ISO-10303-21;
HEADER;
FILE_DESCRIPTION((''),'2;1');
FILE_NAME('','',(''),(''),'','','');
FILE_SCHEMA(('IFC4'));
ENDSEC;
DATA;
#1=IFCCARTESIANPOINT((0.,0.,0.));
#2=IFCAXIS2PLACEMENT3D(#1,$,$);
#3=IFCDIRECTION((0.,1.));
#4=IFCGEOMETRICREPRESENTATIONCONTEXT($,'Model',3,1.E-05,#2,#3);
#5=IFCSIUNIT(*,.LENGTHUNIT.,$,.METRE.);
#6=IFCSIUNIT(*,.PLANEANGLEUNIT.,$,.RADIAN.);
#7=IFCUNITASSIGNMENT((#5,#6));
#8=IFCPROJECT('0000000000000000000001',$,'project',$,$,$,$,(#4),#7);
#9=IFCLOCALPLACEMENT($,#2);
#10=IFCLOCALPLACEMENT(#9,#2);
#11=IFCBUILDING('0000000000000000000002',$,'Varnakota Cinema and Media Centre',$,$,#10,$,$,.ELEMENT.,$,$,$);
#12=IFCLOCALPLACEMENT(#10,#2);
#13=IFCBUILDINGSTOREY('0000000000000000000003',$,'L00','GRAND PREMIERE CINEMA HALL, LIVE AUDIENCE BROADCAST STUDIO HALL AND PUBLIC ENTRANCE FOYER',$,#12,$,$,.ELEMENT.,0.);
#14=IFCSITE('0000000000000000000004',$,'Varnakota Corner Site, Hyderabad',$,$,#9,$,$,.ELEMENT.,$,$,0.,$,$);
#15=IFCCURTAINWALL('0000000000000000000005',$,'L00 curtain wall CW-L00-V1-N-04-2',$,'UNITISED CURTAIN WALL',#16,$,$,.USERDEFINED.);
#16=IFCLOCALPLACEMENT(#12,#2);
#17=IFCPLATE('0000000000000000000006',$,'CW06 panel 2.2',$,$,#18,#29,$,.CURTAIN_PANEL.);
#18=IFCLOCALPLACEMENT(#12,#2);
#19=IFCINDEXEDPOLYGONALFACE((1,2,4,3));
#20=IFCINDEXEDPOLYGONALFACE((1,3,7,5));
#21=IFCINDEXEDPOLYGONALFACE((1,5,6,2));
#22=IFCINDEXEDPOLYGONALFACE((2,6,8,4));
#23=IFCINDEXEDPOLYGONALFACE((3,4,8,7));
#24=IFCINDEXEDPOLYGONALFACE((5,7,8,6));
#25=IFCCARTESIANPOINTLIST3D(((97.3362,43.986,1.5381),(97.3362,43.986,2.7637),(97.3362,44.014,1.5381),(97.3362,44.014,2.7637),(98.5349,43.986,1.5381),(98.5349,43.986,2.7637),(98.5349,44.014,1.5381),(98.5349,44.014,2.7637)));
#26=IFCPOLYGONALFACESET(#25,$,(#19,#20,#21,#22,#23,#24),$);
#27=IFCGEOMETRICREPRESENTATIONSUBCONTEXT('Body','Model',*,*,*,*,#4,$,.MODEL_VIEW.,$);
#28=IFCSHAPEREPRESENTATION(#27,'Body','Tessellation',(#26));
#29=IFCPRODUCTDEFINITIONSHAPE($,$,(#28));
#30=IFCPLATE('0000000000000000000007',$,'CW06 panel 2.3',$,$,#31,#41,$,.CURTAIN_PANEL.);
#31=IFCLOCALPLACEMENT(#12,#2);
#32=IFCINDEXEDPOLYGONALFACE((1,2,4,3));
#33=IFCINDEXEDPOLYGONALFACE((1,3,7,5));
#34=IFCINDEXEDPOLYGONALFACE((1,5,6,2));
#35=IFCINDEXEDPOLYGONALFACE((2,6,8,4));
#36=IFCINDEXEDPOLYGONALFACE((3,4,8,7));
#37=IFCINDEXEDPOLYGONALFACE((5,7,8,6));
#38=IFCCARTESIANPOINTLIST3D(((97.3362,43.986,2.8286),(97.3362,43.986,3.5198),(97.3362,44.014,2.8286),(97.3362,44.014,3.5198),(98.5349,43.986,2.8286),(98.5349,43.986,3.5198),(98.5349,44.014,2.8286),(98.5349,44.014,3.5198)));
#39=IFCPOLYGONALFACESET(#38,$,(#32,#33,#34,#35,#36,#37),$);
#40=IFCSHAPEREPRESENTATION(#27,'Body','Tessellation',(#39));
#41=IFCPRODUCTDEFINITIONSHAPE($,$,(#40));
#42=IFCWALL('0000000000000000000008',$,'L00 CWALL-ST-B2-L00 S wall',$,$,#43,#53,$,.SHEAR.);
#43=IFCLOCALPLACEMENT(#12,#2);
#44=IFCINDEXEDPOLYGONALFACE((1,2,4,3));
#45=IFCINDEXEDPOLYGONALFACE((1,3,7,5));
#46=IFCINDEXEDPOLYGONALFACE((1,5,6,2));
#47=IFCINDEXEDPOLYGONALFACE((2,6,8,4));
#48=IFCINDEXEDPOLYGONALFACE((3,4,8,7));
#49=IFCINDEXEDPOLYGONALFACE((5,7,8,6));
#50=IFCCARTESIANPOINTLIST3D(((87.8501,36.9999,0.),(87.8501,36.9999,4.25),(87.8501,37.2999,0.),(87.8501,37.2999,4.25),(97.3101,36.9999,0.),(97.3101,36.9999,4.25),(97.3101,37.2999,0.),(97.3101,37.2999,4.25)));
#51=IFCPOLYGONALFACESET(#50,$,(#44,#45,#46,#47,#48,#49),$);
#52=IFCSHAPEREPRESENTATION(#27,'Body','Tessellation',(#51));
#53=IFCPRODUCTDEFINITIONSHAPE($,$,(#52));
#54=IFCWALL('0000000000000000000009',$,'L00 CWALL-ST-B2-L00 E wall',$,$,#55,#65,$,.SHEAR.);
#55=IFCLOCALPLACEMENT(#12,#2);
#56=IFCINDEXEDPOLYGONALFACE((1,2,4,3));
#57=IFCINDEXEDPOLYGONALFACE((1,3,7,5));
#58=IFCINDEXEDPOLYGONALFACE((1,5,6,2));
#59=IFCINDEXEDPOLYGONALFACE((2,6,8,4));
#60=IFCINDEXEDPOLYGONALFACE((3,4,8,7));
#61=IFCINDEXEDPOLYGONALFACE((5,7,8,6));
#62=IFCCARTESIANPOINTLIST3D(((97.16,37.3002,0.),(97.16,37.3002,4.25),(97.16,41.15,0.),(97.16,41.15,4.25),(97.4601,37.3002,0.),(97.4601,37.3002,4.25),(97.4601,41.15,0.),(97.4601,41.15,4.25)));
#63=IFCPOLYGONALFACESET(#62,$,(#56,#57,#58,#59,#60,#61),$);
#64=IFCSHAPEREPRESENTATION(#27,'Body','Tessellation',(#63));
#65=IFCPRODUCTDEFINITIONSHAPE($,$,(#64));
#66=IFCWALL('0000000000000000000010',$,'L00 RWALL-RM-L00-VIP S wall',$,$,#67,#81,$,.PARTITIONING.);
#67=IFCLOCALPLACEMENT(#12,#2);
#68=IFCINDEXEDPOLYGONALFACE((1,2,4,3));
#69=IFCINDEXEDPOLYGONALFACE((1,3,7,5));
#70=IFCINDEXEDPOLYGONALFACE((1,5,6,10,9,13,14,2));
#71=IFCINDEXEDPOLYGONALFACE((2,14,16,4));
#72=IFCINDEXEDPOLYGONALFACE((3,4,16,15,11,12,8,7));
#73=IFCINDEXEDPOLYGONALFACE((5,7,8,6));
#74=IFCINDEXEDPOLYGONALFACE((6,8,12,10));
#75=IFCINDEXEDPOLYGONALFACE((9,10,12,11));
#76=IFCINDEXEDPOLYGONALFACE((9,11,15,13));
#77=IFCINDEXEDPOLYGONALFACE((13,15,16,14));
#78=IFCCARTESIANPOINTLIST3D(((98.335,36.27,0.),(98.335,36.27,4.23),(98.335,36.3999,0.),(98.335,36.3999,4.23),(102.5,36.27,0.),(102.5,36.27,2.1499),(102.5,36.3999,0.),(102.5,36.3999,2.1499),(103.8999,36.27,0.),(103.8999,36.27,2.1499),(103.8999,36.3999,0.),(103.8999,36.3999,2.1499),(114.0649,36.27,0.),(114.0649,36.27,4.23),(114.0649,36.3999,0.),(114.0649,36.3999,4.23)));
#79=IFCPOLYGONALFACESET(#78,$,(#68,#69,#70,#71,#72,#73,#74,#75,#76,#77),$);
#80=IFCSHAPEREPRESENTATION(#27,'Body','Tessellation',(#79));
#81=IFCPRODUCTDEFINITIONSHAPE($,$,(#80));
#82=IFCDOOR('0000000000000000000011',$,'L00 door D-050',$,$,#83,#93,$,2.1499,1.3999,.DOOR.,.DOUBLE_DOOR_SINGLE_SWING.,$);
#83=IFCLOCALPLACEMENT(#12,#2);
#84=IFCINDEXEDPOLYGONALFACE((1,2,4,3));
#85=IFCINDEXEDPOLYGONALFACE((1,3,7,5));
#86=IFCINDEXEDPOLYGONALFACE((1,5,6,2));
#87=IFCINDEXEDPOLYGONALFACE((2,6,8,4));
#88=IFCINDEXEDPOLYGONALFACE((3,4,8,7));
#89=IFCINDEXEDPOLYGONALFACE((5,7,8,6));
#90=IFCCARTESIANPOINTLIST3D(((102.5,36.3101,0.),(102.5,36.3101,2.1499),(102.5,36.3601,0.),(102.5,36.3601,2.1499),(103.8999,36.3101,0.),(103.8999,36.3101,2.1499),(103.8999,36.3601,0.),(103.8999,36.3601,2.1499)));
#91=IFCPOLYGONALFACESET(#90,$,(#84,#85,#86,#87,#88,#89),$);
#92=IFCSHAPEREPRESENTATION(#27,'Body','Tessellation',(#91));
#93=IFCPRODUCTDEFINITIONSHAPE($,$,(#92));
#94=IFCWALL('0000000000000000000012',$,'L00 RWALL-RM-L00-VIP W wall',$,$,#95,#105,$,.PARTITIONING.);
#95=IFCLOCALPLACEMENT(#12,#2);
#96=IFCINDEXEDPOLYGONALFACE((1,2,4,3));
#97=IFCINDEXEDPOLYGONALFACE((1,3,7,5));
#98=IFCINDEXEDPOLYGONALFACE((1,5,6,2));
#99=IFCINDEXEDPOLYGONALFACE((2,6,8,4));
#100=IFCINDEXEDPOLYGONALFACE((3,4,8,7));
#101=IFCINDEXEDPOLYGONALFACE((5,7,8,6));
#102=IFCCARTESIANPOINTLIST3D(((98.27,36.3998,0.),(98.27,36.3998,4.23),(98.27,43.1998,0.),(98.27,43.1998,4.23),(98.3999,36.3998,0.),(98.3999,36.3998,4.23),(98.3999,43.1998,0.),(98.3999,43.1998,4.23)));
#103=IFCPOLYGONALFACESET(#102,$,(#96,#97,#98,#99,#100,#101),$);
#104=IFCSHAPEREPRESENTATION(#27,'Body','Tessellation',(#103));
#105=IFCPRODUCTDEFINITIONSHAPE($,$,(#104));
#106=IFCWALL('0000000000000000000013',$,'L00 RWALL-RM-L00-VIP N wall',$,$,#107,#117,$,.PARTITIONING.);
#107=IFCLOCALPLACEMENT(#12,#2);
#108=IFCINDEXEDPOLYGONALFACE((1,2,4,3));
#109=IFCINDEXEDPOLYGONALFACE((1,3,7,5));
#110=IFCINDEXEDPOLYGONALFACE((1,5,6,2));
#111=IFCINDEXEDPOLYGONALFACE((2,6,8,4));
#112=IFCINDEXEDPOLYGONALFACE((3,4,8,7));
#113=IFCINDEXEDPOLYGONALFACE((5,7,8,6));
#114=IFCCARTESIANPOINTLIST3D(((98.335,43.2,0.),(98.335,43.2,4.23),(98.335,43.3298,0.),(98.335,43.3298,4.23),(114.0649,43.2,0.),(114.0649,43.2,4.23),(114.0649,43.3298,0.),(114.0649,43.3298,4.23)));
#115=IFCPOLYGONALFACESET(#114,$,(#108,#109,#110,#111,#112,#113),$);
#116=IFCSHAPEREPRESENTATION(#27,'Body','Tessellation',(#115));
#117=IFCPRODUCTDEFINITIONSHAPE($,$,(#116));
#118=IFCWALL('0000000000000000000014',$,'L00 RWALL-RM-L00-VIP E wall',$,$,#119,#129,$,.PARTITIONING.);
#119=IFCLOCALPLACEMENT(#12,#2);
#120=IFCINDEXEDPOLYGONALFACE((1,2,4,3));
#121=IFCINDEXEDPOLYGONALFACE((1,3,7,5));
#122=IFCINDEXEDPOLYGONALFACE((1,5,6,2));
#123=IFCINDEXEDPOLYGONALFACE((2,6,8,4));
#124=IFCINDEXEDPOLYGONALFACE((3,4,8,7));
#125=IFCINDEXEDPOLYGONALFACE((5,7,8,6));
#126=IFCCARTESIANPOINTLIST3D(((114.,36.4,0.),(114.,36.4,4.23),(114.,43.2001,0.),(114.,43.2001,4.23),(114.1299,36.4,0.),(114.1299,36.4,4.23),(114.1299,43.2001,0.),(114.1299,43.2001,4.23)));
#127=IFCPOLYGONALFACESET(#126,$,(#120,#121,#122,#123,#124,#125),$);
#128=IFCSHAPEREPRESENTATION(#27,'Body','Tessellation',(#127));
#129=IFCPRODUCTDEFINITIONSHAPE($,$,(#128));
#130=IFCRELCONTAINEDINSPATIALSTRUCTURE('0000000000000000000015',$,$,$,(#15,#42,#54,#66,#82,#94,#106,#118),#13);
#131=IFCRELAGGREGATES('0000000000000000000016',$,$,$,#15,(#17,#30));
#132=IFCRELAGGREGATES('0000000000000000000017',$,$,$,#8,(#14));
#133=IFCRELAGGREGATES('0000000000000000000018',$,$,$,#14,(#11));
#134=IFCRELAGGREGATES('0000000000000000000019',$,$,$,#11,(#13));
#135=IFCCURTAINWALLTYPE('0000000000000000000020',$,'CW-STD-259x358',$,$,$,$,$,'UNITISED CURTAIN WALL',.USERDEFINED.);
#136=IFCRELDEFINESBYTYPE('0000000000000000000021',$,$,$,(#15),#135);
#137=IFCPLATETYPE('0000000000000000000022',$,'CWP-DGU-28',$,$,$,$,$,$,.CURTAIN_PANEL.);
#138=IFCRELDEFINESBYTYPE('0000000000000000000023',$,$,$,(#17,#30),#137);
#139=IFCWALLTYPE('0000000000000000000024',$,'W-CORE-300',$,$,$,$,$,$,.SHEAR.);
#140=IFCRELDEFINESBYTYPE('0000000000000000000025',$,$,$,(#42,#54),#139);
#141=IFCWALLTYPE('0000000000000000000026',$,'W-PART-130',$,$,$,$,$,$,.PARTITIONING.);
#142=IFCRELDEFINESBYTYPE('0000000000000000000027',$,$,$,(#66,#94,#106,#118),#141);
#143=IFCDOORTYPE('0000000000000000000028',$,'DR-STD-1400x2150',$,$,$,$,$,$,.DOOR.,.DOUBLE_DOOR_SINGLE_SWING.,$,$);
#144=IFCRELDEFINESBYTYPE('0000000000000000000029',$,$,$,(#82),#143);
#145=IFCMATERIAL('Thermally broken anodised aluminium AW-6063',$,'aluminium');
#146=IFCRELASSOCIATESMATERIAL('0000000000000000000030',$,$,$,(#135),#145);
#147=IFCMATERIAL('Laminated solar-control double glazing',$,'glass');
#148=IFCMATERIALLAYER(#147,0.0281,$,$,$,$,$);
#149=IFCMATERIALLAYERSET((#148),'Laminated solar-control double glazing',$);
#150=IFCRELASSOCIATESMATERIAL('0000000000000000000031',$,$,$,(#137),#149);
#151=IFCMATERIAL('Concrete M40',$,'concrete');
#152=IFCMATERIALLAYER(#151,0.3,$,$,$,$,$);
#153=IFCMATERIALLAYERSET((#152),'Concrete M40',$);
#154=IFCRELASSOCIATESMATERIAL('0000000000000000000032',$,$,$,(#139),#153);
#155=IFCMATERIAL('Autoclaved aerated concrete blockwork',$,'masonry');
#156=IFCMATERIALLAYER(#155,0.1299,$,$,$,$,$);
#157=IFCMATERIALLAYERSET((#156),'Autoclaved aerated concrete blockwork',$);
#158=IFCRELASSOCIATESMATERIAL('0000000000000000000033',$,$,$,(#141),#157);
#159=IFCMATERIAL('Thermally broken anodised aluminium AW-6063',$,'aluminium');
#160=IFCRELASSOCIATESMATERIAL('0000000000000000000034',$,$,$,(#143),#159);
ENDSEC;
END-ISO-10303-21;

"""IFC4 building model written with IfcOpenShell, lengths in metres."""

from ifc_helpers import new_model, si_unit, direction, frame, frame_2d, origin, origin_2d, place, context, subcontext, project, spatial, rectangle, extrude, material, layer, layer_set, type_object, element, fill, aggregate, save


model = new_model("IFC4")

# Units and contexts
model_context = context("Model", 3, precision=1e-05, world=origin(), true_north=direction((0.0, 1.0)))
body_context = subcontext(model_context, "Body", "Model", "MODEL_VIEW")
ifc_project = project(units=[si_unit("LENGTHUNIT", "METRE"), si_unit("PLANEANGLEUNIT", "RADIAN")], contexts=[model_context])

# Site, building, storey
site_placement = place(None, origin())
site = spatial("IfcSite", under=ifc_project, at=site_placement, Name="Varnakota Corner Site, Hyderabad", CompositionType="ELEMENT", RefElevation=0.0)
building_placement = place(site_placement, origin())
building = spatial("IfcBuilding", under=site, at=building_placement, Name="Varnakota Cinema and Media Centre", CompositionType="ELEMENT")
storey_placement = place(building_placement, origin())
storey = spatial("IfcBuildingStorey", under=building, at=storey_placement, Name="L00", Description="GRAND PREMIERE CINEMA HALL, LIVE AUDIENCE BROADCAST STUDIO HALL AND PUBLIC ENTRANCE FOYER", CompositionType="ELEMENT", Elevation=0.0)

# Shared definitions
ifc_material_1 = material(Name="Thermally broken anodised aluminium AW-6063", Category="aluminium")
curtain_wall_type = type_object("IfcCurtainWallType", Name="CW-STD-259x358", ElementType="UNITISED CURTAIN WALL", PredefinedType="USERDEFINED", material=ifc_material_1)

# Curtain wall
curtain_wall_1_placement = place(storey_placement, origin())
curtain_wall_1 = element("IfcCurtainWall", 1, at=curtain_wall_1_placement, inside=storey, type_object=curtain_wall_type, Name="L00 curtain wall CW-L00-V1-N-04-2", ObjectType="UNITISED CURTAIN WALL", PredefinedType="USERDEFINED")

# Plates
ifc_material_2 = material(Name="Laminated solar-control double glazing", Category="glass")
ifc_layer_1 = layer(ifc_material_2, 0.0281)
ifc_layer_set_1 = layer_set([ifc_layer_1], Name="Laminated solar-control double glazing")
plate_type = type_object("IfcPlateType", Name="CWP-DGU-28", PredefinedType="CURTAIN_PANEL", material=ifc_layer_set_1)
plate_1_placement = place(storey_placement, frame((97.9355, 44.0, 1.5381), z_axis=(0.0, 0.0, 1.0), x_axis=(1.0, 0.0, 0.0)))
plate_1 = element("IfcPlate", 2, at=plate_1_placement, type_object=plate_type, Name="CW06 panel 2.2", PredefinedType="CURTAIN_PANEL", context=body_context, shape_type="SweptSolid", body=[
    extrude(rectangle(XDim=1.1987, YDim=0.0281, at=origin_2d()), origin(), (0.0, 0.0, 1.0), 1.2256),
])
plate_2_placement = place(storey_placement, frame((97.9355, 44.0, 2.8286), z_axis=(0.0, 0.0, 1.0), x_axis=(1.0, 0.0, 0.0)))
plate_2 = element("IfcPlate", 3, at=plate_2_placement, type_object=plate_type, Name="CW06 panel 2.3", PredefinedType="CURTAIN_PANEL", context=body_context, shape_type="SweptSolid", body=[
    extrude(rectangle(XDim=1.1987, YDim=0.0281, at=origin_2d()), origin(), (0.0, 0.0, 1.0), 0.6912),
])
aggregate(curtain_wall_1, [plate_1, plate_2])

# Walls
ifc_material_3 = material(Name="Concrete M40", Category="concrete")
ifc_layer_2 = layer(ifc_material_3, 0.3)
ifc_layer_set_2 = layer_set([ifc_layer_2], Name="Concrete M40")
wall_type_1 = type_object("IfcWallType", Name="W-CORE-300", PredefinedType="SHEAR", material=ifc_layer_set_2)
wall_1_placement = place(storey_placement, frame((97.3101, 37.1499, 0.0), z_axis=(0.0, 0.0, 1.0), x_axis=(-1.0, 0.0, 0.0)))
element("IfcWall", 4, at=wall_1_placement, inside=storey, type_object=wall_type_1, Name="L00 CWALL-ST-B2-L00 S wall", PredefinedType="SHEAR", context=body_context, shape_type="SweptSolid", body=[
    extrude(rectangle(XDim=9.46, YDim=0.3, at=frame_2d((4.73, 0.0))), origin(), (0.0, 0.0, 1.0), 4.25),
])
wall_2_placement = place(storey_placement, frame((97.3101, 41.1499, 0.0), z_axis=(0.0, 0.0, 1.0), x_axis=(0.0, -1.0, 0.0)))
element("IfcWall", 5, at=wall_2_placement, inside=storey, type_object=wall_type_1, Name="L00 CWALL-ST-B2-L00 E wall", PredefinedType="SHEAR", context=body_context, shape_type="SweptSolid", body=[
    extrude(rectangle(XDim=3.8499, YDim=0.3, at=frame_2d((1.9248, 0.0))), origin(), (0.0, 0.0, 1.0), 4.25),
])

# Wall, opening, door
ifc_material_4 = material(Name="Autoclaved aerated concrete blockwork", Category="masonry")
ifc_layer_3 = layer(ifc_material_4, 0.1299)
ifc_layer_set_3 = layer_set([ifc_layer_3], Name="Autoclaved aerated concrete blockwork")
wall_type_2 = type_object("IfcWallType", Name="W-PART-130", PredefinedType="PARTITIONING", material=ifc_layer_set_3)
wall_3_placement = place(storey_placement, frame((114.0649, 36.335, 0.0), z_axis=(0.0, 0.0, 1.0), x_axis=(-1.0, 0.0, 0.0)))
wall_3 = element("IfcWall", 6, at=wall_3_placement, inside=storey, type_object=wall_type_2, Name="L00 RWALL-RM-L00-VIP S wall", PredefinedType="PARTITIONING", context=body_context, shape_type="SweptSolid", body=[
    extrude(rectangle(XDim=15.73, YDim=0.1299, at=frame_2d((7.865, 0.0))), origin(), (0.0, 0.0, 1.0), 4.23),
])
opening_placement = place(wall_3_placement, frame((10.165, 0.0, 0.0)))
opening = element("IfcOpeningElement", 7, at=opening_placement, cuts=wall_3, PredefinedType="OPENING", context=body_context, shape_type="SweptSolid", body=[
    extrude(rectangle(XDim=1.3999, YDim=2.1499, at=frame_2d((0.7, 1.075))), frame((0.0, 0.0649, 0.0), z_axis=(0.0, -1.0, 0.0), x_axis=(1.0, 0.0, 0.0)), (0.0, 0.0, 1.0), 0.1299),
])
ifc_material_5 = material(Name="Thermally broken anodised aluminium AW-6063", Category="aluminium")
door_type = type_object("IfcDoorType", Name="DR-STD-1400x2150", OperationType="DOUBLE_DOOR_SINGLE_SWING", PredefinedType="DOOR", material=ifc_material_5)
door_placement = place(opening_placement, origin())
door = element("IfcDoor", 8, at=door_placement, inside=storey, type_object=door_type, Name="L00 door D-050", OperationType="DOUBLE_DOOR_SINGLE_SWING", OverallHeight=2.1499, OverallWidth=1.3999, PredefinedType="DOOR", context=body_context, shape_type="SweptSolid", body=[
    extrude(rectangle(XDim=1.3999, YDim=2.1499, at=frame_2d((0.7, 1.075))), frame((0.0, 0.0249, 0.0), z_axis=(0.0, -1.0, 0.0), x_axis=(1.0, 0.0, 0.0)), (0.0, 0.0, 1.0), 0.05),
])
fill(opening, door)

# Walls
wall_4_placement = place(storey_placement, frame((98.335, 36.3999, 0.0), z_axis=(0.0, 0.0, 1.0), x_axis=(0.0, 1.0, 0.0)))
element("IfcWall", 9, at=wall_4_placement, inside=storey, type_object=wall_type_2, Name="L00 RWALL-RM-L00-VIP W wall", PredefinedType="PARTITIONING", context=body_context, shape_type="SweptSolid", body=[
    extrude(rectangle(XDim=6.8, YDim=0.1299, at=frame_2d((3.3999, 0.0))), origin(), (0.0, 0.0, 1.0), 4.23),
])
wall_5_placement = place(storey_placement, frame((98.335, 43.2649, 0.0), z_axis=(0.0, 0.0, 1.0), x_axis=(1.0, 0.0, 0.0)))
element("IfcWall", 10, at=wall_5_placement, inside=storey, type_object=wall_type_2, Name="L00 RWALL-RM-L00-VIP N wall", PredefinedType="PARTITIONING", context=body_context, shape_type="SweptSolid", body=[
    extrude(rectangle(XDim=15.73, YDim=0.1299, at=frame_2d((7.865, 0.0))), origin(), (0.0, 0.0, 1.0), 4.23),
])
wall_6_placement = place(storey_placement, frame((114.0649, 43.2, 0.0), z_axis=(0.0, 0.0, 1.0), x_axis=(0.0, -1.0, 0.0)))
element("IfcWall", 11, at=wall_6_placement, inside=storey, type_object=wall_type_2, Name="L00 RWALL-RM-L00-VIP E wall", PredefinedType="PARTITIONING", context=body_context, shape_type="SweptSolid", body=[
    extrude(rectangle(XDim=6.8, YDim=0.1299, at=frame_2d((3.3999, 0.0))), origin(), (0.0, 0.0, 1.0), 4.23),
])

save(model, "model.ifc")
